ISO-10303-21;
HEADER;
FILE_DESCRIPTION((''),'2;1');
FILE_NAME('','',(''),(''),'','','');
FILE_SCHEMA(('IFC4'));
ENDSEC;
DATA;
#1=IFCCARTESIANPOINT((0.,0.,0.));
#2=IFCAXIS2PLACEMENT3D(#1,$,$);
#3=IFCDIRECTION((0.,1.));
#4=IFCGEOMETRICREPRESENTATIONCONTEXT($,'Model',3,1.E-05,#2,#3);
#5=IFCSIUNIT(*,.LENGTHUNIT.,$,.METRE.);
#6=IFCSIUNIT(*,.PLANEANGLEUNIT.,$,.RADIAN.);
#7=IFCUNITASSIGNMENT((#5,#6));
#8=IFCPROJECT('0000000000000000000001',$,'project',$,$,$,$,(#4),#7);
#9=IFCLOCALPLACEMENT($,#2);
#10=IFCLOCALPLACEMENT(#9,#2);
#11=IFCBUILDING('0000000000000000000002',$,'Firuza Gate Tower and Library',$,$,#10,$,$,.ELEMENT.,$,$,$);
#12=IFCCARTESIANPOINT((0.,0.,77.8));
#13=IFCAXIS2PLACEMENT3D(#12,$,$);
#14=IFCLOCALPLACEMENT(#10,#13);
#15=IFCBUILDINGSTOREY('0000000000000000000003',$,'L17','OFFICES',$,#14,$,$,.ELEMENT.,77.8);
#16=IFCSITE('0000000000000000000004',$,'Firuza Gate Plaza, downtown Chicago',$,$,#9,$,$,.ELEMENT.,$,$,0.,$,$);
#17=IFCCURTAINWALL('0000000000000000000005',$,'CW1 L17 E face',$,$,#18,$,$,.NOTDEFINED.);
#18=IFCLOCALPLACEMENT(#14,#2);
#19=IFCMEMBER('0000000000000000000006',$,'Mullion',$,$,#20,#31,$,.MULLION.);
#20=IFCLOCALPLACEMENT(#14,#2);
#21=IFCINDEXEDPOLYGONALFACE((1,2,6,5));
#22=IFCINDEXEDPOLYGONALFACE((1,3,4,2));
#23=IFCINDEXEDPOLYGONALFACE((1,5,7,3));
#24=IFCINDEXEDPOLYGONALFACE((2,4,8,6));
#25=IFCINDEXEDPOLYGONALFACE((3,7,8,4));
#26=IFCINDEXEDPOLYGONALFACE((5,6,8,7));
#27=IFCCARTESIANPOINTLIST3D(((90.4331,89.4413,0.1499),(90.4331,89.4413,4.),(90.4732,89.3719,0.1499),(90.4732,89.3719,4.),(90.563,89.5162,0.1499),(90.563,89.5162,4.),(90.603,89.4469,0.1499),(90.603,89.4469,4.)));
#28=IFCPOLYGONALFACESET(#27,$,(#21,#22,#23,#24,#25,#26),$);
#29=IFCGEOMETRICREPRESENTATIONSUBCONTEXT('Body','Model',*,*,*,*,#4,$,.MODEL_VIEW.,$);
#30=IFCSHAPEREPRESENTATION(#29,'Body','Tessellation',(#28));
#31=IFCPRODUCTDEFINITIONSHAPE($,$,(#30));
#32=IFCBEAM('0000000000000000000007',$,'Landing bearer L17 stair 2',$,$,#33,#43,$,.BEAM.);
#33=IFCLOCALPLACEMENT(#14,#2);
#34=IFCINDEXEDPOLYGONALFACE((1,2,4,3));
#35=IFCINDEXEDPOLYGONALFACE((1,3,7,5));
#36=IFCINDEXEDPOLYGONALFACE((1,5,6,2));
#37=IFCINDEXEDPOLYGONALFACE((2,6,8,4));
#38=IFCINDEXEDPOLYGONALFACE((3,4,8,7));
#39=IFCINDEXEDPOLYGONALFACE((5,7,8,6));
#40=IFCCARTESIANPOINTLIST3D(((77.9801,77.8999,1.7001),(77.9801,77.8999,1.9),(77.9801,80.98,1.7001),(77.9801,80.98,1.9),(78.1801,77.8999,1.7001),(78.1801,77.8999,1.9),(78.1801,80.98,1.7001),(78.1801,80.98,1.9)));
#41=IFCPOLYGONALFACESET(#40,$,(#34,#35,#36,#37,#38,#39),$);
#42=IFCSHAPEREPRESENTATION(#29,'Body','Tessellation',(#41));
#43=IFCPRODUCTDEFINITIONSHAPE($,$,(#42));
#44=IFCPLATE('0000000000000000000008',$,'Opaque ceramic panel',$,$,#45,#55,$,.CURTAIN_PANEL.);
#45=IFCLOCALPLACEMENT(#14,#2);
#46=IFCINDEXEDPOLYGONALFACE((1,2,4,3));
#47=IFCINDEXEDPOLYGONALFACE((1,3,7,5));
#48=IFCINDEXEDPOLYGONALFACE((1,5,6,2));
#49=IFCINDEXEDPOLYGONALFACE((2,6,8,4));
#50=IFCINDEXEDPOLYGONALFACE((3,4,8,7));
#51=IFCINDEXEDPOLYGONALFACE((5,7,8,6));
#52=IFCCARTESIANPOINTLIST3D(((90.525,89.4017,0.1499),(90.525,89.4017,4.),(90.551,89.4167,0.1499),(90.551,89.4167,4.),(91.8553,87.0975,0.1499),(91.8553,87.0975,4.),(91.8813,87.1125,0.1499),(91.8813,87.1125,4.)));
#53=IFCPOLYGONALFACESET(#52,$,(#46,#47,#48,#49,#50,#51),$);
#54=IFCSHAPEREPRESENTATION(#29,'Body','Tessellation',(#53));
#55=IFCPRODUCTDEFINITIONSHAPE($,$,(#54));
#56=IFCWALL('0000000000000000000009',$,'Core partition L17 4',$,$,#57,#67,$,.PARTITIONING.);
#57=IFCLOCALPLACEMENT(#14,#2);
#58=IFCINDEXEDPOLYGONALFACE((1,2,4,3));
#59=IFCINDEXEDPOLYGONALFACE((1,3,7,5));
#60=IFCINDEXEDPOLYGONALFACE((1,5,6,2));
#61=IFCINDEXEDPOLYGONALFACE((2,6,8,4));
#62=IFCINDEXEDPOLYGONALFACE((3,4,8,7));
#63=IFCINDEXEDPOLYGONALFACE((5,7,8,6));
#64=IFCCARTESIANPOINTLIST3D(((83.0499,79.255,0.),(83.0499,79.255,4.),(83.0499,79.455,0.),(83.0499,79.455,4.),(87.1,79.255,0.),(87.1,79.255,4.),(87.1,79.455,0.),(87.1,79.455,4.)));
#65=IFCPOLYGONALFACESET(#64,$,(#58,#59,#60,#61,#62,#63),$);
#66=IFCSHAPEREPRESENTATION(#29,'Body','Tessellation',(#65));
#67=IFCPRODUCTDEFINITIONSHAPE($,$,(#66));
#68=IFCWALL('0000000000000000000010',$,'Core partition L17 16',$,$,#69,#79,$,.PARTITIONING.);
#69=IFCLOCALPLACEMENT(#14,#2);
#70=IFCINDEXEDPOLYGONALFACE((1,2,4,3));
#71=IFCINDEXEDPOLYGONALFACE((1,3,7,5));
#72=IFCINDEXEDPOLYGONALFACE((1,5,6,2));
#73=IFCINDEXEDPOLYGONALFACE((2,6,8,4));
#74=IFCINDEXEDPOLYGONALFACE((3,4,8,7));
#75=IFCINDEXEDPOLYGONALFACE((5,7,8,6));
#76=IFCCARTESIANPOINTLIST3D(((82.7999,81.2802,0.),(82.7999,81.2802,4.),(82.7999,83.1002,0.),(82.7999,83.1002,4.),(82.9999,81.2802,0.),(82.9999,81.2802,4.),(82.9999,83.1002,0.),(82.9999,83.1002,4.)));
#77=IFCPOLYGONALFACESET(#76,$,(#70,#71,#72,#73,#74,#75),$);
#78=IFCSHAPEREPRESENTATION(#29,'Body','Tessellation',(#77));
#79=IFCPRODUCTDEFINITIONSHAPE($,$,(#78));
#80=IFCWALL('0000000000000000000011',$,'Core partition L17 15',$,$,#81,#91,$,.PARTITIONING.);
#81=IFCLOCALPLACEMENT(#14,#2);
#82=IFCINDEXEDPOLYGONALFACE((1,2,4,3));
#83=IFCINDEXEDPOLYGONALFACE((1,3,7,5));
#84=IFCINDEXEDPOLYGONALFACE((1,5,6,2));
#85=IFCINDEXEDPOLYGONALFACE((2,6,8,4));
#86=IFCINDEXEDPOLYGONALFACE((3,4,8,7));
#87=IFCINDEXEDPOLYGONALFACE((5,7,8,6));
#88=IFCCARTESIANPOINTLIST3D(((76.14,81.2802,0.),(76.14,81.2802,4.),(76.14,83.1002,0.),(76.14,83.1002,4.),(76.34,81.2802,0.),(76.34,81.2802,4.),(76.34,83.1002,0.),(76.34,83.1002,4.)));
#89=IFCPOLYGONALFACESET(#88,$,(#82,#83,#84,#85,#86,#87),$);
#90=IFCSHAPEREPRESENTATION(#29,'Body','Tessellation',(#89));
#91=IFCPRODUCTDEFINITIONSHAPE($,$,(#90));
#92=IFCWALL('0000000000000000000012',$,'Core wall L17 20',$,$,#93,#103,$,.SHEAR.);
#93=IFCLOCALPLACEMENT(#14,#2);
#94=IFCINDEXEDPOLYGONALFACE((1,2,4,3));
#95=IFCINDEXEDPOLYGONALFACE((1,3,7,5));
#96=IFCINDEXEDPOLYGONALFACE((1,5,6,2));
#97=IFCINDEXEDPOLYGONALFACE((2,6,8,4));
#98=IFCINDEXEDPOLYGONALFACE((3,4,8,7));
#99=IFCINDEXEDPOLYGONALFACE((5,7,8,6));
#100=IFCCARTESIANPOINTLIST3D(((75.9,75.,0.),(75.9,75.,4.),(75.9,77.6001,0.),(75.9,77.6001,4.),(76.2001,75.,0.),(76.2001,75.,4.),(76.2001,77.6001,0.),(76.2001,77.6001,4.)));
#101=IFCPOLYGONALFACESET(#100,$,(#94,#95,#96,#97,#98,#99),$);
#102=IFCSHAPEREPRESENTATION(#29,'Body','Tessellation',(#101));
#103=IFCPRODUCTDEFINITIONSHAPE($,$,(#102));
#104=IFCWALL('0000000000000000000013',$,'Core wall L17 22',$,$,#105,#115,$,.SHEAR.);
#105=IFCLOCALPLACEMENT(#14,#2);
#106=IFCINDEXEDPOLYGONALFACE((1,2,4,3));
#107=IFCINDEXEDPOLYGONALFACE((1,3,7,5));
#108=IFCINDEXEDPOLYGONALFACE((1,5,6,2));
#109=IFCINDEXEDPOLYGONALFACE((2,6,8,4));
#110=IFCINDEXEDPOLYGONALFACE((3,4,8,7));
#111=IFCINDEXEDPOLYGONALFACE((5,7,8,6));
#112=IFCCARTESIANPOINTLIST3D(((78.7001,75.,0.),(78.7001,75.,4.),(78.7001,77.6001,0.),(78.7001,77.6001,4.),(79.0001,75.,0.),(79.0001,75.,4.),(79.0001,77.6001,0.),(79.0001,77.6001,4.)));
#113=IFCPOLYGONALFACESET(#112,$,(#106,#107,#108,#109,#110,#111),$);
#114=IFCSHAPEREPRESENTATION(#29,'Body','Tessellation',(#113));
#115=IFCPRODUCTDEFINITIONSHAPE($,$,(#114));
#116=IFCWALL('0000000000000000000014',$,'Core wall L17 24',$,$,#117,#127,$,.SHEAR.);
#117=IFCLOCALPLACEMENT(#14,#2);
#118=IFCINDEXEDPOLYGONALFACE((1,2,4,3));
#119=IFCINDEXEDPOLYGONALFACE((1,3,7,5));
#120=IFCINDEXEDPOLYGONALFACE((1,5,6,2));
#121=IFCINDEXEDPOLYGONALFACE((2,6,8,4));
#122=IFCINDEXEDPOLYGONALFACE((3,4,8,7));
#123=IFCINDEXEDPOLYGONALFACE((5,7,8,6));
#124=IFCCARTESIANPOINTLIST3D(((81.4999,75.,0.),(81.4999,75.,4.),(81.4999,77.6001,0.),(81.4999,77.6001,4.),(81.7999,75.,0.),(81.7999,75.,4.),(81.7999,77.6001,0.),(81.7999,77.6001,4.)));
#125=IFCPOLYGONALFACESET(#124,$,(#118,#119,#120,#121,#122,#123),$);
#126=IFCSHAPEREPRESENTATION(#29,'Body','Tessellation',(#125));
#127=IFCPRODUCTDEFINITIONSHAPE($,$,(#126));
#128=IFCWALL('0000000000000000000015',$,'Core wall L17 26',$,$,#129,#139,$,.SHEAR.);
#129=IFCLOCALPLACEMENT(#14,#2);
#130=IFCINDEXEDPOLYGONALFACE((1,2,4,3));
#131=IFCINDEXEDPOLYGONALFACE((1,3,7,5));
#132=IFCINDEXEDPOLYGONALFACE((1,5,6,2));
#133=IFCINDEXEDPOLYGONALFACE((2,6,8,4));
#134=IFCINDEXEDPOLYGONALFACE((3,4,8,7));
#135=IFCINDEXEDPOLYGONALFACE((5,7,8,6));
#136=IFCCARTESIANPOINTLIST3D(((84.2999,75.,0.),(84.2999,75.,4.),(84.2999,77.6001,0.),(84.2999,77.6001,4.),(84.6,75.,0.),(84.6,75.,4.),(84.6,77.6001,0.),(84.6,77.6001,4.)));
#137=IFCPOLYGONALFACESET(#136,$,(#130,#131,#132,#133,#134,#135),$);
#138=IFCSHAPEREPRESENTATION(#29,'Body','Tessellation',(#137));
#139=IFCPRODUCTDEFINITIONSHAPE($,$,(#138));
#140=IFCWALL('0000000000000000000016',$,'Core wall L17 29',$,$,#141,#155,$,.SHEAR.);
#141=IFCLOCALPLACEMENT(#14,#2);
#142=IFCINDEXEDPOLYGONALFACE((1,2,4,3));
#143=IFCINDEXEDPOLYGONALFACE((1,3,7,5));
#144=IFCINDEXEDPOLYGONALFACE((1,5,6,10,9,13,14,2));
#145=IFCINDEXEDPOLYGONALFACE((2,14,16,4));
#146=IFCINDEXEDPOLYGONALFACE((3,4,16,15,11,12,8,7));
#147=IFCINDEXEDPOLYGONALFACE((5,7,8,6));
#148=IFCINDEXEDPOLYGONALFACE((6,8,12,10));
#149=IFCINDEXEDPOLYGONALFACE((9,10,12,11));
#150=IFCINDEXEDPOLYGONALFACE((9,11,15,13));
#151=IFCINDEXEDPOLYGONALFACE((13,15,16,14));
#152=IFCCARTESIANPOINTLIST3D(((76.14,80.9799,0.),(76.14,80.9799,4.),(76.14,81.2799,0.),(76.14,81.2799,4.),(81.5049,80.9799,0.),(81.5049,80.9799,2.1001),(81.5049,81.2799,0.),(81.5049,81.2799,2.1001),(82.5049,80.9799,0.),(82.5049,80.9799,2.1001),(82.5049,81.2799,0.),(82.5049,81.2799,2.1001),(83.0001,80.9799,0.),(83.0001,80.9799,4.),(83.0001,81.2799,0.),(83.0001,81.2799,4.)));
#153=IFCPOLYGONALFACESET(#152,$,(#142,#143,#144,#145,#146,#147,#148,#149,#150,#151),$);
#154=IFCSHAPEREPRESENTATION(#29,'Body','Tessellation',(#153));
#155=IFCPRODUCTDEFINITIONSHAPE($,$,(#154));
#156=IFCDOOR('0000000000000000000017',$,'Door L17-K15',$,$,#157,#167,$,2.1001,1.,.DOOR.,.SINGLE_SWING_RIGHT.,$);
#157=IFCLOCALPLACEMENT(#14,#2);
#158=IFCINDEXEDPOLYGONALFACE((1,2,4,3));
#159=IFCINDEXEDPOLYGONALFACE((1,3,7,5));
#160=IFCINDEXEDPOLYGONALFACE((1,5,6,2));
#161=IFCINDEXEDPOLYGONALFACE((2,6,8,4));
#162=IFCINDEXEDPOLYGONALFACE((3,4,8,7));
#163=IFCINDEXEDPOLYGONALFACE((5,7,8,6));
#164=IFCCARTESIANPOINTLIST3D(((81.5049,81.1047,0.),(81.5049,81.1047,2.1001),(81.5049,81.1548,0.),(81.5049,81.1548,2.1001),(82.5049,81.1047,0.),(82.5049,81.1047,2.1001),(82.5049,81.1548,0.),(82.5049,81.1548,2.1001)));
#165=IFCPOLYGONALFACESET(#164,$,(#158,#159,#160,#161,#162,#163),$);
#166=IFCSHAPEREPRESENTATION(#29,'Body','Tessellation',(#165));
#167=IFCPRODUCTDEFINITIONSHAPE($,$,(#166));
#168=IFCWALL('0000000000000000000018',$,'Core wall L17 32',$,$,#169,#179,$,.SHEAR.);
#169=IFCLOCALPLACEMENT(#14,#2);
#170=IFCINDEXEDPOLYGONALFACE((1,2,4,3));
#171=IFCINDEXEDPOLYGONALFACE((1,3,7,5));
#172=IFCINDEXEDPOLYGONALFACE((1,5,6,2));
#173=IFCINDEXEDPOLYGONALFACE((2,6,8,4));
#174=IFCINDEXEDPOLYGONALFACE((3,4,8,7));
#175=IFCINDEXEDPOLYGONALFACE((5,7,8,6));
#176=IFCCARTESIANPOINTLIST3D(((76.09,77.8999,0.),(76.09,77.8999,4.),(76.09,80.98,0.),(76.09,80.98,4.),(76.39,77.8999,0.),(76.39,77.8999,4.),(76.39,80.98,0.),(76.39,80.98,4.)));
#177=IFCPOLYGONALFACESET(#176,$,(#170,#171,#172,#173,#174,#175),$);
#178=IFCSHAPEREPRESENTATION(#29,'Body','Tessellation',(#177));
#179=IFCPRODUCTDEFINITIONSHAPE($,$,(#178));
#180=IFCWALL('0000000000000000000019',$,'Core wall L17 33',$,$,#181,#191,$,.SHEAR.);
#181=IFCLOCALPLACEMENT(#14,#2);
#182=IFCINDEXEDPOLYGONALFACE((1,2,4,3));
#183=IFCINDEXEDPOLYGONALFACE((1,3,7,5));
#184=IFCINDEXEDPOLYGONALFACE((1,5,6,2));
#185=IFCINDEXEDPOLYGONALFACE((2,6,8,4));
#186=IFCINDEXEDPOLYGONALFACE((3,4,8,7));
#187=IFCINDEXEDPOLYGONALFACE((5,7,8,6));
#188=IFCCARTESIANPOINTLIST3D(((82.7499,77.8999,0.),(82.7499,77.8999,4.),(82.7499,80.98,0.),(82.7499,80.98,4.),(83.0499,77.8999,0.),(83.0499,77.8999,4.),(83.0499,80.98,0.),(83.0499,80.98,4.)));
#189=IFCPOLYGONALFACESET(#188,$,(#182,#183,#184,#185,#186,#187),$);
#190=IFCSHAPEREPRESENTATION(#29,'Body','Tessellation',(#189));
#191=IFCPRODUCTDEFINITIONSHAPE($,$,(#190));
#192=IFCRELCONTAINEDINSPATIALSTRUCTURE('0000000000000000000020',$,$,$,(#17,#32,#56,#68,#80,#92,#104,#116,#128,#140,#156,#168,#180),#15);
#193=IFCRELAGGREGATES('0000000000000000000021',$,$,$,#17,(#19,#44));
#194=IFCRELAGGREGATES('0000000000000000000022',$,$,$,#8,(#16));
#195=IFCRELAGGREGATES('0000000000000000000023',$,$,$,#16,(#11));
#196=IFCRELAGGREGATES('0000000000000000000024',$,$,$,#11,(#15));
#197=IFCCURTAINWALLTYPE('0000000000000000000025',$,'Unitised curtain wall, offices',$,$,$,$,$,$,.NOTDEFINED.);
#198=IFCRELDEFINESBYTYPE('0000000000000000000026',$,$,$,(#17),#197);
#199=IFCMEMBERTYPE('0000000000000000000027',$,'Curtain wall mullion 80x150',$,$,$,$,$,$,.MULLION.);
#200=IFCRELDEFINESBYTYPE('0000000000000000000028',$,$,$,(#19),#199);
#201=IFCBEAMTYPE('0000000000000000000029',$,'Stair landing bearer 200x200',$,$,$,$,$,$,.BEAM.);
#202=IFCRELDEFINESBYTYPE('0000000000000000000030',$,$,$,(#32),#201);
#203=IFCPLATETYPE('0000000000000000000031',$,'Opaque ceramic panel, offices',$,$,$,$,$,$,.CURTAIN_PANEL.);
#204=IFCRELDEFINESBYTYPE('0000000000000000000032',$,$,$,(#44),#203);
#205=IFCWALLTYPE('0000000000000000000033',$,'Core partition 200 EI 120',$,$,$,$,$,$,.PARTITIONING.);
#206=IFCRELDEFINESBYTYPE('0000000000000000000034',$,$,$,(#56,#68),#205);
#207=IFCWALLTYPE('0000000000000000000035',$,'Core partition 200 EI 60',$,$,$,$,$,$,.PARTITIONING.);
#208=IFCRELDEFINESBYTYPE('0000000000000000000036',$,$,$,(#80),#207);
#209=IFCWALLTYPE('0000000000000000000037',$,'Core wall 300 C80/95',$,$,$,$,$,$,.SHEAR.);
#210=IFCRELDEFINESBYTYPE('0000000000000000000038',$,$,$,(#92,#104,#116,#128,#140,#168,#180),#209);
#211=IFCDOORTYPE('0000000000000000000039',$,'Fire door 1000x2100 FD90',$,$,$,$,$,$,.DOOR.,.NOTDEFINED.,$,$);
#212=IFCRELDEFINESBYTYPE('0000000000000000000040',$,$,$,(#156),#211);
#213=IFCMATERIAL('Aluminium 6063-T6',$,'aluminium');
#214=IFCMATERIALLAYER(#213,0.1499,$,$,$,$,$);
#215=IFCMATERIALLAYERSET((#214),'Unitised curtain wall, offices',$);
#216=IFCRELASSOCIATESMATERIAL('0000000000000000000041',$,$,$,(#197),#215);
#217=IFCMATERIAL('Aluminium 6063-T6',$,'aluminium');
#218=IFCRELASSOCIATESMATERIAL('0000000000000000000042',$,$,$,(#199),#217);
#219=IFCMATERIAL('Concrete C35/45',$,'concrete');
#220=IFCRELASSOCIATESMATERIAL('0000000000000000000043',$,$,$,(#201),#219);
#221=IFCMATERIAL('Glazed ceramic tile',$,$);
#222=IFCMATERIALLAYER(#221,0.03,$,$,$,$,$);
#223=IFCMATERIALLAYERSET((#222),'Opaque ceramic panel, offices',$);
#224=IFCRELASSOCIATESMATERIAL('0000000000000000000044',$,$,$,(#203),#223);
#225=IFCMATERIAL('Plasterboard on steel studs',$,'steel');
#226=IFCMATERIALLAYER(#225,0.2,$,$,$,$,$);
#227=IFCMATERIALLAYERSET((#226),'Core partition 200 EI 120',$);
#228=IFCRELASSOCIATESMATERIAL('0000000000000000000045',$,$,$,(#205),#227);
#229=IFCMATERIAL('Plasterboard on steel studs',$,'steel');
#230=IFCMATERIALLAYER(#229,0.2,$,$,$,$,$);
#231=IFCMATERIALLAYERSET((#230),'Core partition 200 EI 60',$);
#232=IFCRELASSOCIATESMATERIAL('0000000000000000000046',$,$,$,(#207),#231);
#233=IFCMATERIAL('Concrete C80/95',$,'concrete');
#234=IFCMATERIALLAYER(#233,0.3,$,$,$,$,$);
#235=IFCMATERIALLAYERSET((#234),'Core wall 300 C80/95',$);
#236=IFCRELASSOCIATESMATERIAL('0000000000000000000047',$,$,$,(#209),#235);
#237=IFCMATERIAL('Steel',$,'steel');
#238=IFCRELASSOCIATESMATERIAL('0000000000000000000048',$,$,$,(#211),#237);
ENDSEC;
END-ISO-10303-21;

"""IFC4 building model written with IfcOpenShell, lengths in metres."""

from ifc_helpers import new_model, si_unit, direction, frame, frame_2d, origin, origin_2d, place, context, subcontext, project, spatial, polyline, rectangle, outline, extrude, material, layer, layer_set, material_profile, profile_set, type_object, element, fill, aggregate, save


model = new_model("IFC4")

# Units and contexts
model_context = context("Model", 3, precision=1e-05, world=origin(), true_north=direction((0.0, 1.0)))
body_context = subcontext(model_context, "Body", "Model", "MODEL_VIEW")
ifc_project = project(units=[si_unit("LENGTHUNIT", "METRE"), si_unit("PLANEANGLEUNIT", "RADIAN")], contexts=[model_context])

# Site, building, storey
site_placement = place(None, origin())
site = spatial("IfcSite", under=ifc_project, at=site_placement, Name="Firuza Gate Plaza, downtown Chicago", CompositionType="ELEMENT", RefElevation=0.0)
building_placement = place(site_placement, origin())
building = spatial("IfcBuilding", under=site, at=building_placement, Name="Firuza Gate Tower and Library", CompositionType="ELEMENT")
storey_placement = place(building_placement, frame((0.0, 0.0, 77.8)))
storey = spatial("IfcBuildingStorey", under=building, at=storey_placement, Name="L17", Description="OFFICES", CompositionType="ELEMENT", Elevation=77.8)

# Curtain wall, member
ifc_material_1 = material(Name="Aluminium 6063-T6", Category="aluminium")
ifc_layer_1 = layer(ifc_material_1, 0.1499)
ifc_layer_set_1 = layer_set([ifc_layer_1], Name="Unitised curtain wall, offices")
curtain_wall_type = type_object("IfcCurtainWallType", Name="Unitised curtain wall, offices", PredefinedType="NOTDEFINED", material=ifc_layer_set_1)
placement = place(storey_placement, origin())
curtain_wall = element("IfcCurtainWall", 1, at=placement, inside=storey, type_object=curtain_wall_type, Name="CW1 L17 E face", PredefinedType="NOTDEFINED")
ifc_material_2 = material(Name="Aluminium 6063-T6", Category="aluminium")
ifc_material_profile_1 = material_profile(ifc_material_2, rectangle(XDim=0.1499, YDim=0.0801, at=origin_2d()))
ifc_profile_set_1 = profile_set([ifc_material_profile_1], Name="Aluminium 6063-T6")
member_type = type_object("IfcMemberType", Name="Curtain wall mullion 80x150", PredefinedType="MULLION", material=ifc_profile_set_1)
member_placement = place(storey_placement, frame((90.5181, 89.4441, 0.1499), z_axis=(0.0, 0.0, 1.0), x_axis=(-0.866025, -0.5, 0.0)))
member = element("IfcMember", 2, at=member_placement, type_object=member_type, Name="Mullion", PredefinedType="MULLION", context=body_context, shape_type="SweptSolid", body=[
    extrude(rectangle(XDim=0.1499, YDim=0.0801, at=origin_2d()), origin(), (0.0, 0.0, 1.0), 3.8501),
])

# Beam
ifc_material_3 = material(Name="Concrete C35/45", Category="concrete")
ifc_material_profile_2 = material_profile(ifc_material_3, rectangle(XDim=0.2, YDim=0.2, at=origin_2d()))
ifc_profile_set_2 = profile_set([ifc_material_profile_2], Name="Concrete C35/45")
beam_type = type_object("IfcBeamType", Name="Stair landing bearer 200x200", PredefinedType="BEAM", material=ifc_profile_set_2)
beam_placement = place(storey_placement, frame((78.0801, 80.98, 1.8), z_axis=(0.0, -1.0, 0.0), x_axis=(1.0, 0.0, 0.0)))
element("IfcBeam", 3, at=beam_placement, inside=storey, type_object=beam_type, Name="Landing bearer L17 stair 2", PredefinedType="BEAM", context=body_context, shape_type="SweptSolid", body=[
    extrude(rectangle(XDim=0.2, YDim=0.2, at=origin_2d()), origin(), (0.0, 0.0, 1.0), 3.0801),
])

# Plate
ifc_material_4 = material(Name="Glazed ceramic tile")
ifc_layer_2 = layer(ifc_material_4, 0.03)
ifc_layer_set_2 = layer_set([ifc_layer_2], Name="Opaque ceramic panel, offices")
plate_type = type_object("IfcPlateType", Name="Opaque ceramic panel, offices", PredefinedType="CURTAIN_PANEL", material=ifc_layer_set_2)
plate_placement = place(storey_placement, frame((91.8813, 87.1125, 0.1499), z_axis=(0.866027, 0.499998, 0.0), x_axis=(-0.499998, 0.866027, 0.0)))
plate = element("IfcPlate", 4, at=plate_placement, type_object=plate_type, Name="Opaque ceramic panel", PredefinedType="CURTAIN_PANEL", context=body_context, shape_type="SweptSolid", body=[
    extrude(outline(polyline([(0.0, 0.0), (2.6607, 0.0), (2.6607, 3.8501), (0.0, 3.8501), (0.0, 0.0)])), origin(), (0.0, 0.0, -1.0), 0.03),
])
aggregate(curtain_wall, [member, plate])

# Walls
ifc_material_5 = material(Name="Plasterboard on steel studs", Category="steel")
ifc_layer_3 = layer(ifc_material_5, 0.2)
ifc_layer_set_3 = layer_set([ifc_layer_3], Name="Core partition 200 EI 120")
wall_type_1 = type_object("IfcWallType", Name="Core partition 200 EI 120", PredefinedType="PARTITIONING", material=ifc_layer_set_3)
wall_1_placement = place(storey_placement, frame((83.05, 79.355, 0.0), z_axis=(0.0, 0.0, 1.0), x_axis=(1.0, 0.0, 0.0)))
element("IfcWall", 5, at=wall_1_placement, inside=storey, type_object=wall_type_1, Name="Core partition L17 4", PredefinedType="PARTITIONING", context=body_context, shape_type="SweptSolid", body=[
    extrude(rectangle(XDim=4.05, YDim=0.2, at=frame_2d((2.0249, 0.0))), origin(), (0.0, 0.0, 1.0), 4.0),
])
wall_2_placement = place(storey_placement, frame((82.8999, 81.28, 0.0), z_axis=(0.0, 0.0, 1.0), x_axis=(0.0, 1.0, 0.0)))
element("IfcWall", 6, at=wall_2_placement, inside=storey, type_object=wall_type_1, Name="Core partition L17 16", PredefinedType="PARTITIONING", context=body_context, shape_type="SweptSolid", body=[
    extrude(rectangle(XDim=1.8201, YDim=0.2, at=frame_2d((0.9102, 0.0))), origin(), (0.0, 0.0, 1.0), 4.0),
])
ifc_material_6 = material(Name="Plasterboard on steel studs", Category="steel")
ifc_layer_4 = layer(ifc_material_6, 0.2)
ifc_layer_set_4 = layer_set([ifc_layer_4], Name="Core partition 200 EI 60")
wall_type_2 = type_object("IfcWallType", Name="Core partition 200 EI 60", PredefinedType="PARTITIONING", material=ifc_layer_set_4)
wall_3_placement = place(storey_placement, frame((76.24, 81.28, 0.0), z_axis=(0.0, 0.0, 1.0), x_axis=(0.0, 1.0, 0.0)))
element("IfcWall", 7, at=wall_3_placement, inside=storey, type_object=wall_type_2, Name="Core partition L17 15", PredefinedType="PARTITIONING", context=body_context, shape_type="SweptSolid", body=[
    extrude(rectangle(XDim=1.8201, YDim=0.2, at=frame_2d((0.9102, 0.0))), origin(), (0.0, 0.0, 1.0), 4.0),
])
ifc_material_7 = material(Name="Concrete C80/95", Category="concrete")
ifc_layer_5 = layer(ifc_material_7, 0.3)
ifc_layer_set_5 = layer_set([ifc_layer_5], Name="Core wall 300 C80/95")
wall_type_3 = type_object("IfcWallType", Name="Core wall 300 C80/95", PredefinedType="SHEAR", material=ifc_layer_set_5)
for number, where, z_axis, x_axis, name in (
    (8, (76.05, 75.0, 0.0), (0.0, 0.0, 1.0), (0.0, 1.0, 0.0), "Core wall L17 20"),
    (9, (78.8501, 75.0, 0.0), (0.0, 0.0, 1.0), (0.0, 1.0, 0.0), "Core wall L17 22"),
    (10, (81.6499, 75.0, 0.0), (0.0, 0.0, 1.0), (0.0, 1.0, 0.0), "Core wall L17 24"),
    (11, (84.45, 75.0, 0.0), (0.0, 0.0, 1.0), (0.0, 1.0, 0.0), "Core wall L17 26"),
):
    element("IfcWall", number, at=place(storey_placement, frame(where, z_axis=z_axis, x_axis=x_axis)), inside=storey, type_object=wall_type_3, Name=name, PredefinedType="SHEAR", context=body_context, shape_type="SweptSolid", body=[
        extrude(rectangle(XDim=2.6001, YDim=0.3, at=frame_2d((1.3, 0.0))), origin(), (0.0, 0.0, 1.0), 4.0),
    ])

# Wall, opening, door
wall_4_placement = place(storey_placement, frame((76.1399, 81.1299, 0.0), z_axis=(0.0, 0.0, 1.0), x_axis=(1.0, 0.0, 0.0)))
wall_4 = element("IfcWall", 12, at=wall_4_placement, inside=storey, type_object=wall_type_3, Name="Core wall L17 29", PredefinedType="SHEAR", context=body_context, shape_type="SweptSolid", body=[
    extrude(rectangle(XDim=6.8601, YDim=0.3, at=frame_2d((3.4302, 0.0))), origin(), (0.0, 0.0, 1.0), 4.0),
])
opening_1_placement = place(wall_4_placement, frame((5.365, 0.0, 0.0)))
opening_1 = element("IfcOpeningElement", 13, at=opening_1_placement, cuts=wall_4, PredefinedType="OPENING", context=body_context, shape_type="SweptSolid", body=[
    extrude(rectangle(XDim=1.0, YDim=2.1001, at=frame_2d((0.5, 1.05))), frame((0.0, 0.1602, 0.0), z_axis=(0.0, -1.0, 0.0), x_axis=(1.0, 0.0, 0.0)), (0.0, 0.0, 1.0), 0.3201),
])
ifc_material_8 = material(Name="Steel", Category="steel")
door_type_1 = type_object("IfcDoorType", Name="Fire door 1000x2100 FD90", OperationType="NOTDEFINED", PredefinedType="DOOR", material=ifc_material_8)
door_1_placement = place(opening_1_placement, origin())
door_1 = element("IfcDoor", 14, at=door_1_placement, inside=storey, type_object=door_type_1, Name="Door L17-K15", OperationType="SINGLE_SWING_RIGHT", OverallHeight=2.1001, OverallWidth=1.0, PredefinedType="DOOR", context=body_context, shape_type="SweptSolid", body=[
    extrude(rectangle(XDim=1.0, YDim=2.1001, at=frame_2d((0.5, 1.05))), frame((0.0, 0.0249, 0.0), z_axis=(0.0, -1.0, 0.0), x_axis=(1.0, 0.0, 0.0)), (0.0, 0.0, 1.0), 0.05),
])
fill(opening_1, door_1)

# Walls
for number, where, z_axis, x_axis, name in (
    (15, (76.24, 77.8999, 0.0), (0.0, 0.0, 1.0), (0.0, 1.0, 0.0), "Core wall L17 32"),
    (16, (82.8999, 77.8999, 0.0), (0.0, 0.0, 1.0), (0.0, 1.0, 0.0), "Core wall L17 33"),
):
    element("IfcWall", number, at=place(storey_placement, frame(where, z_axis=z_axis, x_axis=x_axis)), inside=storey, type_object=wall_type_3, Name=name, PredefinedType="SHEAR", context=body_context, shape_type="SweptSolid", body=[
        extrude(rectangle(XDim=3.0801, YDim=0.3, at=frame_2d((1.54, 0.0))), origin(), (0.0, 0.0, 1.0), 4.0),
    ])

save(model, "model.ifc")
